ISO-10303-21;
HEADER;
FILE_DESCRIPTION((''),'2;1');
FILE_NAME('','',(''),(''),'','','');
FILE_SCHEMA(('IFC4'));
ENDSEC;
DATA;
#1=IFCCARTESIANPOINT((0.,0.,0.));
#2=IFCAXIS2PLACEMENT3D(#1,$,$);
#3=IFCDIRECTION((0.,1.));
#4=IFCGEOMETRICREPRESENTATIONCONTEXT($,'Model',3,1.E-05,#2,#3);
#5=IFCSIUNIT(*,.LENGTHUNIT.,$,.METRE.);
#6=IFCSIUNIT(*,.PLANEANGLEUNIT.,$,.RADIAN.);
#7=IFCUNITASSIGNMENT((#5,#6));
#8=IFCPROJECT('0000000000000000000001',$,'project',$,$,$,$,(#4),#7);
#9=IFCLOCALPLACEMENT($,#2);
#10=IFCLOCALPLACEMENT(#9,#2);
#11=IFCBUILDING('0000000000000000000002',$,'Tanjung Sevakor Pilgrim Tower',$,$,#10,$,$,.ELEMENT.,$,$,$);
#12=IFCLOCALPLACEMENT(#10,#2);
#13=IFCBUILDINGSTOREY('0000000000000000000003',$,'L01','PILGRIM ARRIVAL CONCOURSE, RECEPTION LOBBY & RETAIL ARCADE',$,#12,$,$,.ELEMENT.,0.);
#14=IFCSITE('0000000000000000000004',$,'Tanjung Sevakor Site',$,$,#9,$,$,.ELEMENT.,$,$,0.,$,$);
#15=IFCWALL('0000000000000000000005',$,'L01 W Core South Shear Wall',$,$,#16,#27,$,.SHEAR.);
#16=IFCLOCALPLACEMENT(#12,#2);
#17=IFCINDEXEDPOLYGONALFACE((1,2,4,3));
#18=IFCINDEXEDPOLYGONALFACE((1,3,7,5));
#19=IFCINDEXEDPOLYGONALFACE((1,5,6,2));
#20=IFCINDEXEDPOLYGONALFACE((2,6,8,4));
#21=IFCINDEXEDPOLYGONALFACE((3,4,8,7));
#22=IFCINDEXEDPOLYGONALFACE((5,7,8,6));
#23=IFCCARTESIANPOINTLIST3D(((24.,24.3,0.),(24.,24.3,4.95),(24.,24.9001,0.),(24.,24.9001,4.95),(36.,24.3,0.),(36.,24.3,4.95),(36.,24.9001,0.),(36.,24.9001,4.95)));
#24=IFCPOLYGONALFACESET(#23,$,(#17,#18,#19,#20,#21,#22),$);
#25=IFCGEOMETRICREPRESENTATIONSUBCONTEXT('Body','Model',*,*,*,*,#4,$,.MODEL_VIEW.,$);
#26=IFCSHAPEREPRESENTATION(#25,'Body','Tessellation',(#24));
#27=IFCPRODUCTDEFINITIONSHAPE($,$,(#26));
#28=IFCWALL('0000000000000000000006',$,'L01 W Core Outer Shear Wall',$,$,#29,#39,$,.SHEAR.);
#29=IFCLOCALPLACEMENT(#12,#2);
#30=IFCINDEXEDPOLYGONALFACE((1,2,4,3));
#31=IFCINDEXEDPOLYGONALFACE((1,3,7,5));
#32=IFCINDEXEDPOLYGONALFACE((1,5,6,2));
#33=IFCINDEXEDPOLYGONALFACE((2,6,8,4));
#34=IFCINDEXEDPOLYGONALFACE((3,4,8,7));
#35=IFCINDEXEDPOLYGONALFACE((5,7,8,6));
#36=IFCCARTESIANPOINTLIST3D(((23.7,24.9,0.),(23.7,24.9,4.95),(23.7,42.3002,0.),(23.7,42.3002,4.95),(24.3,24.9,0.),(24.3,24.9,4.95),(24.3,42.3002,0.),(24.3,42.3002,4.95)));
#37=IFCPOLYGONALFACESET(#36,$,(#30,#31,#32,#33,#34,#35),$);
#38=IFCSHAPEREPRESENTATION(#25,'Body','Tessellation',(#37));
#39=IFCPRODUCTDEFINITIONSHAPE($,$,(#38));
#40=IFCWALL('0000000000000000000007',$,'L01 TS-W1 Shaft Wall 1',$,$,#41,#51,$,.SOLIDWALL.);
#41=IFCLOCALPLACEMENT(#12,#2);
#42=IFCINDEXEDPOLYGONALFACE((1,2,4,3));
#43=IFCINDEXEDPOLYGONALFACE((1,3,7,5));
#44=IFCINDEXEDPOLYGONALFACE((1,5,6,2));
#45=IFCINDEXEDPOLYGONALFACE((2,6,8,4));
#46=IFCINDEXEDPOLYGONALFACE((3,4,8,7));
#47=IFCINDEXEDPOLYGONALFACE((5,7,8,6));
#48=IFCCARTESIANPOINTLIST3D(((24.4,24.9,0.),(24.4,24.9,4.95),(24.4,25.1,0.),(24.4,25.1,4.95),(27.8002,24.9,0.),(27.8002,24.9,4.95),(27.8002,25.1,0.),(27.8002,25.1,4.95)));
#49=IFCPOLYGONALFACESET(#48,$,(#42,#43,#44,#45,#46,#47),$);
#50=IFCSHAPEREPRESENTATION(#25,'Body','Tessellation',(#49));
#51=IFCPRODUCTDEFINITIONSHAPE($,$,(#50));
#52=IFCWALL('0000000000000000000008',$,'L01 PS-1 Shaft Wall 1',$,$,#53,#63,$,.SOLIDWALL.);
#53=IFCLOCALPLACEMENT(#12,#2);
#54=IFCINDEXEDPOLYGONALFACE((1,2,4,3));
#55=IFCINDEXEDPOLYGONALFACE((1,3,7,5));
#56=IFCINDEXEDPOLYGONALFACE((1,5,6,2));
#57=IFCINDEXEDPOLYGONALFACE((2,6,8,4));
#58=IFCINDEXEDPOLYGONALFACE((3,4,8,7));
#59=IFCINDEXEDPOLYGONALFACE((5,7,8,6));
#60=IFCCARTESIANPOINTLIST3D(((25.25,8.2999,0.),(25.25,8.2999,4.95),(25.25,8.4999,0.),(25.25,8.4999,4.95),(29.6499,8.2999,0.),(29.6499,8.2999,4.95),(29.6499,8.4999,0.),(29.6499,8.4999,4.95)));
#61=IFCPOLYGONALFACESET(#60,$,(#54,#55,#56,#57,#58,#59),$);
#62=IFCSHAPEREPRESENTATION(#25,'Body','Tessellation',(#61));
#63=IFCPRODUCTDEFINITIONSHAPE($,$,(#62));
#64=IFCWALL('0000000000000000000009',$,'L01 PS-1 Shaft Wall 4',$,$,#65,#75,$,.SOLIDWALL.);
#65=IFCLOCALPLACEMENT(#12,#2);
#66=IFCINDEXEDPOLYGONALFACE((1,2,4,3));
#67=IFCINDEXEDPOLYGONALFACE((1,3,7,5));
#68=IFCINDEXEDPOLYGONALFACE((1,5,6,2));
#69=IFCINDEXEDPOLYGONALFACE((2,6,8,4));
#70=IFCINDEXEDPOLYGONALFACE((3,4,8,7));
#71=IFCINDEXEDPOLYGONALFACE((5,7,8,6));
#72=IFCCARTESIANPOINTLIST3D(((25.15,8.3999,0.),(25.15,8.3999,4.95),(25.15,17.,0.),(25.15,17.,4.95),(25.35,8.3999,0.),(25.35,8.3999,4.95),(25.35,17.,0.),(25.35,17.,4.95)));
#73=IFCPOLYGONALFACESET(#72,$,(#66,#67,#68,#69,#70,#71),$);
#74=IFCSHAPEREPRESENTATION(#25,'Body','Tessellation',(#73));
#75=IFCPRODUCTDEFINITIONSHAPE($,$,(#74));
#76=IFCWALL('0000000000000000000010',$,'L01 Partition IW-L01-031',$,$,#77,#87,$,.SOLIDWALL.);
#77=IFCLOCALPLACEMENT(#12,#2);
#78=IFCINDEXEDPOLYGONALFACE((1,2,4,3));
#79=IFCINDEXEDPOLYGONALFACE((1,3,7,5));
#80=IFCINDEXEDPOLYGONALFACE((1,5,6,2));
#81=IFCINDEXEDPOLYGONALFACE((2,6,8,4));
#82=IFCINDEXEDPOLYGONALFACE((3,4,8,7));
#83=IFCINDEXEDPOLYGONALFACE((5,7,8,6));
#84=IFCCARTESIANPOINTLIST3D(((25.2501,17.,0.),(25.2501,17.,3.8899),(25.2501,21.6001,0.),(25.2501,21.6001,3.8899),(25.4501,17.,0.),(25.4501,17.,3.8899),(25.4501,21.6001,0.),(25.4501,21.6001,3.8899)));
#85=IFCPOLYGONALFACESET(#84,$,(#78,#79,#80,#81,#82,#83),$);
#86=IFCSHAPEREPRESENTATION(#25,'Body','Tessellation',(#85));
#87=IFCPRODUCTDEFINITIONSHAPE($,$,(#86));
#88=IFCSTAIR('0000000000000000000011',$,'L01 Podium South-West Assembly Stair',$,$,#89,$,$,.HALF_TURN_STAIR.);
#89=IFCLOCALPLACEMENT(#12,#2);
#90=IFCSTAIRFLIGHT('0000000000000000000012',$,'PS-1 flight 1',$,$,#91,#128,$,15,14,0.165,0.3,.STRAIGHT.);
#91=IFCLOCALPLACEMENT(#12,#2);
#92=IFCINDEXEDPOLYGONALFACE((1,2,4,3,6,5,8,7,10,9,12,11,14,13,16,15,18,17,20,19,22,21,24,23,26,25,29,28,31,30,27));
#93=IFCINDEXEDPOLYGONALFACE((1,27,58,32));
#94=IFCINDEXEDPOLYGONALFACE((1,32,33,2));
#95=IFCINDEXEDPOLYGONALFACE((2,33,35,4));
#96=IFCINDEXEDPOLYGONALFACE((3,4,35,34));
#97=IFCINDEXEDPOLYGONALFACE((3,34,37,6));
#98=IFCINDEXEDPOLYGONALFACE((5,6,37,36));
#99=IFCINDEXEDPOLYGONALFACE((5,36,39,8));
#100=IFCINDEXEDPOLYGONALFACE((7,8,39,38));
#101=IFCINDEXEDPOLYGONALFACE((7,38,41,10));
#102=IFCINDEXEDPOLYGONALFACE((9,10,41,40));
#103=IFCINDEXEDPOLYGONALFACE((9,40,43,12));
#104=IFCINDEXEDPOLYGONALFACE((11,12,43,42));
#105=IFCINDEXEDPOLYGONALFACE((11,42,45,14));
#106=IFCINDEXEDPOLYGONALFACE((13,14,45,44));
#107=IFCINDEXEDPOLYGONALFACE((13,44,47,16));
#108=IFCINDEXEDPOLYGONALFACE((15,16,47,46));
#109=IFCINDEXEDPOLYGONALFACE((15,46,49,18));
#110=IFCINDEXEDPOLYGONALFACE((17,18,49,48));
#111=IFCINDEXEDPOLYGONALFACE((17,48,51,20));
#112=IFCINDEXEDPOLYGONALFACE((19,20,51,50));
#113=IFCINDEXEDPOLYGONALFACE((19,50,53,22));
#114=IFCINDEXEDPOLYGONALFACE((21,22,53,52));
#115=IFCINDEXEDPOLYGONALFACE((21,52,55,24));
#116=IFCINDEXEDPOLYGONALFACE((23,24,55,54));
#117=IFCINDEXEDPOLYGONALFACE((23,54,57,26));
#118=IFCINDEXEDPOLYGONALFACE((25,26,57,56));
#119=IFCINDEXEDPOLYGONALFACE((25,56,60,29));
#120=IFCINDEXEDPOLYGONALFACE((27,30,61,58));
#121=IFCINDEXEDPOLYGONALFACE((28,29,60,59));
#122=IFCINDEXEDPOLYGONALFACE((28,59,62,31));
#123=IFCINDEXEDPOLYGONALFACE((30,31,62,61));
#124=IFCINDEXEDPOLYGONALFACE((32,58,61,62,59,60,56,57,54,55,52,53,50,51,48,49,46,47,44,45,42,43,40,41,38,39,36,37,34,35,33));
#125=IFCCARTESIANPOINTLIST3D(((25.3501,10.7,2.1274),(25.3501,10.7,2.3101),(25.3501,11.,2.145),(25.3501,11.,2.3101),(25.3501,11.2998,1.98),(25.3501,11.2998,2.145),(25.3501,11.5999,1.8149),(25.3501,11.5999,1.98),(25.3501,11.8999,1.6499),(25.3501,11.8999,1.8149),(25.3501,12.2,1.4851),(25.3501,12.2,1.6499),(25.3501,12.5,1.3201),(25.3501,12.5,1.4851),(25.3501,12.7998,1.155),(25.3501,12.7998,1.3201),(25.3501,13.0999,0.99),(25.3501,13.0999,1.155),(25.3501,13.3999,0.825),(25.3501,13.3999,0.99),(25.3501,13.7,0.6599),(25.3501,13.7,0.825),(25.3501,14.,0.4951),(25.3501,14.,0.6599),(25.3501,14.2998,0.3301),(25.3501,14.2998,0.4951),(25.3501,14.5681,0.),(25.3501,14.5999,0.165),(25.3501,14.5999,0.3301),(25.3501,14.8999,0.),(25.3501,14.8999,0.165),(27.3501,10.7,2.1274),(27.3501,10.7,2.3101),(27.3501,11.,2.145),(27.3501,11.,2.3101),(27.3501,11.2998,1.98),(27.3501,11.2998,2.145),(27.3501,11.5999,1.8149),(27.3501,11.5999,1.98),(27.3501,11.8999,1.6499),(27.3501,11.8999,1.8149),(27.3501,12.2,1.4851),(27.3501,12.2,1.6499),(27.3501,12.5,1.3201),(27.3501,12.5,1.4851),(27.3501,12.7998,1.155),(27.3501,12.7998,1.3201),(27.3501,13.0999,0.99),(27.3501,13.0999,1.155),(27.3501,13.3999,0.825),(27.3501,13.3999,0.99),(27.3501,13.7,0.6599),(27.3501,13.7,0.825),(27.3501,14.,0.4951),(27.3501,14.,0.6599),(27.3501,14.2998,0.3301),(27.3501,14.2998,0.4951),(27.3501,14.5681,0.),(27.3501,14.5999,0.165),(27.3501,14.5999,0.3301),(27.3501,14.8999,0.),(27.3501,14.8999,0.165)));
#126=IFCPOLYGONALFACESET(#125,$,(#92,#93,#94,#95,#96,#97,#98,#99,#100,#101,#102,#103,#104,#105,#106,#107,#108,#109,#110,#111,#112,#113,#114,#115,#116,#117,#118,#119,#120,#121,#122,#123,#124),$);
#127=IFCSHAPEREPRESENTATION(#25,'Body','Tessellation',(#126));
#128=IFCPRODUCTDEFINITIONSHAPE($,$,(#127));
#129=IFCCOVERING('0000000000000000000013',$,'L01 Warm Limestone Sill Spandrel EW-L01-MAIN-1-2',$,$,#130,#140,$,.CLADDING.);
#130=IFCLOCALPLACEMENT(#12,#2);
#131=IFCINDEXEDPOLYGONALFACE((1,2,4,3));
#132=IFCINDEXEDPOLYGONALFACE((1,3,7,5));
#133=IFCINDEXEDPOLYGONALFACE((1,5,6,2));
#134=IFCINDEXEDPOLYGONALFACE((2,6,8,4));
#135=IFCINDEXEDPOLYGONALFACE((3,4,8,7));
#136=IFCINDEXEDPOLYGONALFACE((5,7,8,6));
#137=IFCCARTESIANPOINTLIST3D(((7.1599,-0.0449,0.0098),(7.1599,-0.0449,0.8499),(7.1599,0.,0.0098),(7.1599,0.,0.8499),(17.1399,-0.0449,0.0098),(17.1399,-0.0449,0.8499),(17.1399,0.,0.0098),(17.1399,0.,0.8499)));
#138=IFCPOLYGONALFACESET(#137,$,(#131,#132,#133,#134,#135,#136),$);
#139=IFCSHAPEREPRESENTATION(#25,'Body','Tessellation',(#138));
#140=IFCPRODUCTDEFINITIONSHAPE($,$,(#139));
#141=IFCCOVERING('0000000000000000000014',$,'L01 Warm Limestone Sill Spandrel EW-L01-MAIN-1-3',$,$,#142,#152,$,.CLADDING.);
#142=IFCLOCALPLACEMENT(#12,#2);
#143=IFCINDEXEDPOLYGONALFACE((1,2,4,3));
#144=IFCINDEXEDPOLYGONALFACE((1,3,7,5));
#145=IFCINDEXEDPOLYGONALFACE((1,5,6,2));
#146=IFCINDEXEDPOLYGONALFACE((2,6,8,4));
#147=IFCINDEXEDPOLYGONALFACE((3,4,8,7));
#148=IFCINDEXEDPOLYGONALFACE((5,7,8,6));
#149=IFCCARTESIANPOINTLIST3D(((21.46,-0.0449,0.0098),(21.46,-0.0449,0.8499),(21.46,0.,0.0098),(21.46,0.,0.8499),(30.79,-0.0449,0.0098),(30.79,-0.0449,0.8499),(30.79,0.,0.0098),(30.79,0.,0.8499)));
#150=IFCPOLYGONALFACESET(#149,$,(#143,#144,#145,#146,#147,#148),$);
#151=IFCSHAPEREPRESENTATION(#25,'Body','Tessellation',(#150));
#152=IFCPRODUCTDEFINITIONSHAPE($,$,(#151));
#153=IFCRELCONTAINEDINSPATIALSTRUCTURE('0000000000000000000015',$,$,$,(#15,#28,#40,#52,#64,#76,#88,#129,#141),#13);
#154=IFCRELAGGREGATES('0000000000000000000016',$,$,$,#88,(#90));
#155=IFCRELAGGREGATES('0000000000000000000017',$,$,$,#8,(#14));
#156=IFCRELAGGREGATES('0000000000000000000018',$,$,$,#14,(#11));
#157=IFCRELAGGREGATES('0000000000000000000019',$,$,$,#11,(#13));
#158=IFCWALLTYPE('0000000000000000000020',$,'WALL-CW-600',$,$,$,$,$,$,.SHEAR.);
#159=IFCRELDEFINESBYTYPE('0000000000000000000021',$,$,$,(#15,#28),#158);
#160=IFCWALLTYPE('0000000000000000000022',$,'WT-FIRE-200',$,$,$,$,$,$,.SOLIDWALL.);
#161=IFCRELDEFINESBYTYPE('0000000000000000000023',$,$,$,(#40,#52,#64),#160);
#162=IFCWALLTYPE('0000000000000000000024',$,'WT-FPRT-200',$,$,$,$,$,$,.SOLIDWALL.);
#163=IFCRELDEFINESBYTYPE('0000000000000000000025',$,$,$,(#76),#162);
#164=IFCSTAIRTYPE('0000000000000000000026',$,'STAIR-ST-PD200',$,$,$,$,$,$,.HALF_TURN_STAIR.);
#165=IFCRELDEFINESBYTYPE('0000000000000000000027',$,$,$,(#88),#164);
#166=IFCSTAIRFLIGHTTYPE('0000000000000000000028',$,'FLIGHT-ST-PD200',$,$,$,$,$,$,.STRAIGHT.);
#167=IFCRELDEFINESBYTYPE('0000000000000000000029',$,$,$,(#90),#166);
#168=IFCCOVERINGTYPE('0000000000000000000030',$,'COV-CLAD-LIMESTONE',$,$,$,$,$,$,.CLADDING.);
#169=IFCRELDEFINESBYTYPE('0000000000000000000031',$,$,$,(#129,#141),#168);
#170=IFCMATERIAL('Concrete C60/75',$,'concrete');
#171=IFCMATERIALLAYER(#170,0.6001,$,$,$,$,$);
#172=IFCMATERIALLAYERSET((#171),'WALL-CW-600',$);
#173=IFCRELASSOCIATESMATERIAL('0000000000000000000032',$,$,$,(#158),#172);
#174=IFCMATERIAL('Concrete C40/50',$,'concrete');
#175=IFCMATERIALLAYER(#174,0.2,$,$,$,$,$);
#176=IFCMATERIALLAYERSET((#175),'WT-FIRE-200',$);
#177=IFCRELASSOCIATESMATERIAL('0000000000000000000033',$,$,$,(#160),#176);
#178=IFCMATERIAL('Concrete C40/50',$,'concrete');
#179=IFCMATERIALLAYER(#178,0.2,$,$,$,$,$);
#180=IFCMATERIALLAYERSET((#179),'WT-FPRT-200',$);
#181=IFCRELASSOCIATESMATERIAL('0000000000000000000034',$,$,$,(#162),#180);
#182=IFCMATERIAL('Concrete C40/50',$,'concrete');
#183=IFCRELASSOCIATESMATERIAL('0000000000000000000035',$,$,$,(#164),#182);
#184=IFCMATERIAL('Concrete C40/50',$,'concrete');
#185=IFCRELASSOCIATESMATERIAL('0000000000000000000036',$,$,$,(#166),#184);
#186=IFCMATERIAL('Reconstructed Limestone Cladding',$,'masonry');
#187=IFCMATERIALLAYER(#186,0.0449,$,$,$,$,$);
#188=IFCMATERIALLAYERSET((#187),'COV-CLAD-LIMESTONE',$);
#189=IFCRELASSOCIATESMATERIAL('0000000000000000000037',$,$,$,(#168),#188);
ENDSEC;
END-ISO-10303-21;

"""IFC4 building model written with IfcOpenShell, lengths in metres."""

from ifc_helpers import new_model, si_unit, direction, frame, frame_2d, origin, origin_2d, place, context, subcontext, project, spatial, polyline, rectangle, outline, extrude, material, layer, layer_set, type_object, element, aggregate, save


model = new_model("IFC4")

# Units and contexts
model_context = context("Model", 3, precision=1e-05, world=origin(), true_north=direction((0.0, 1.0)))
body_context = subcontext(model_context, "Body", "Model", "MODEL_VIEW")
ifc_project = project(units=[si_unit("LENGTHUNIT", "METRE"), si_unit("PLANEANGLEUNIT", "RADIAN")], contexts=[model_context])

# Site, building, storey
site_placement = place(None, origin())
site = spatial("IfcSite", under=ifc_project, at=site_placement, Name="Tanjung Sevakor Site", CompositionType="ELEMENT", RefElevation=0.0)
building_placement = place(site_placement, origin())
building = spatial("IfcBuilding", under=site, at=building_placement, Name="Tanjung Sevakor Pilgrim Tower", CompositionType="ELEMENT")
storey_placement = place(building_placement, origin())
storey = spatial("IfcBuildingStorey", under=building, at=storey_placement, Name="L01", Description="PILGRIM ARRIVAL CONCOURSE, RECEPTION LOBBY & RETAIL ARCADE", CompositionType="ELEMENT", Elevation=0.0)

# Walls
ifc_material_1 = material(Name="Concrete C60/75", Category="concrete")
ifc_layer_1 = layer(ifc_material_1, 0.6001)
ifc_layer_set_1 = layer_set([ifc_layer_1], Name="WALL-CW-600")
wall_type_1 = type_object("IfcWallType", Name="WALL-CW-600", PredefinedType="SHEAR", material=ifc_layer_set_1)
wall_1_placement = place(storey_placement, frame((24.0, 24.6001, 0.0), z_axis=(0.0, 0.0, 1.0), x_axis=(1.0, 0.0, 0.0)))
element("IfcWall", 1, at=wall_1_placement, inside=storey, type_object=wall_type_1, Name="L01 W Core South Shear Wall", PredefinedType="SHEAR", context=body_context, shape_type="SweptSolid", body=[
    extrude(rectangle(XDim=12.0, YDim=0.6001, at=frame_2d((6.0, 0.0))), origin(), (0.0, 0.0, 1.0), 4.95),
])
wall_2_placement = place(storey_placement, frame((24.0, 24.8999, 0.0), z_axis=(0.0, 0.0, 1.0), x_axis=(0.0, 1.0, 0.0)))
element("IfcWall", 2, at=wall_2_placement, inside=storey, type_object=wall_type_1, Name="L01 W Core Outer Shear Wall", PredefinedType="SHEAR", context=body_context, shape_type="SweptSolid", body=[
    extrude(rectangle(XDim=17.4001, YDim=0.6001, at=frame_2d((8.7002, 0.0))), origin(), (0.0, 0.0, 1.0), 4.95),
])
ifc_material_2 = material(Name="Concrete C40/50", Category="concrete")
ifc_layer_2 = layer(ifc_material_2, 0.2)
ifc_layer_set_2 = layer_set([ifc_layer_2], Name="WT-FIRE-200")
wall_type_2 = type_object("IfcWallType", Name="WT-FIRE-200", PredefinedType="SOLIDWALL", material=ifc_layer_set_2)
wall_3_placement = place(storey_placement, frame((24.3999, 25.0, 0.0), z_axis=(0.0, 0.0, 1.0), x_axis=(1.0, 0.0, 0.0)))
element("IfcWall", 3, at=wall_3_placement, inside=storey, type_object=wall_type_2, Name="L01 TS-W1 Shaft Wall 1", PredefinedType="SOLIDWALL", context=body_context, shape_type="SweptSolid", body=[
    extrude(rectangle(XDim=3.4001, YDim=0.2, at=frame_2d((1.7002, 0.0))), origin(), (0.0, 0.0, 1.0), 4.95),
])
wall_4_placement = place(storey_placement, frame((25.25, 8.3999, 0.0), z_axis=(0.0, 0.0, 1.0), x_axis=(1.0, 0.0, 0.0)))
element("IfcWall", 4, at=wall_4_placement, inside=storey, type_object=wall_type_2, Name="L01 PS-1 Shaft Wall 1", PredefinedType="SOLIDWALL", context=body_context, shape_type="SweptSolid", body=[
    extrude(rectangle(XDim=4.3999, YDim=0.2, at=frame_2d((2.2, 0.0))), origin(), (0.0, 0.0, 1.0), 4.95),
])
wall_5_placement = place(storey_placement, frame((25.25, 17.0, 0.0), z_axis=(0.0, 0.0, 1.0), x_axis=(0.0, -1.0, 0.0)))
element("IfcWall", 5, at=wall_5_placement, inside=storey, type_object=wall_type_2, Name="L01 PS-1 Shaft Wall 4", PredefinedType="SOLIDWALL", context=body_context, shape_type="SweptSolid", body=[
    extrude(rectangle(XDim=8.6001, YDim=0.2, at=frame_2d((4.3, 0.0))), origin(), (0.0, 0.0, 1.0), 4.95),
])
ifc_material_3 = material(Name="Concrete C40/50", Category="concrete")
ifc_layer_3 = layer(ifc_material_3, 0.2)
ifc_layer_set_3 = layer_set([ifc_layer_3], Name="WT-FPRT-200")
wall_type_3 = type_object("IfcWallType", Name="WT-FPRT-200", PredefinedType="SOLIDWALL", material=ifc_layer_set_3)
wall_6_placement = place(storey_placement, frame((25.3501, 17.0, 0.0), z_axis=(0.0, 0.0, 1.0), x_axis=(0.0, 1.0, 0.0)))
element("IfcWall", 6, at=wall_6_placement, inside=storey, type_object=wall_type_3, Name="L01 Partition IW-L01-031", PredefinedType="SOLIDWALL", context=body_context, shape_type="SweptSolid", body=[
    extrude(rectangle(XDim=4.6001, YDim=0.2, at=frame_2d((2.3, 0.0))), origin(), (0.0, 0.0, 1.0), 3.8899),
])

# Stair, stair flight
ifc_material_4 = material(Name="Concrete C40/50", Category="concrete")
stair_type = type_object("IfcStairType", Name="STAIR-ST-PD200", PredefinedType="HALF_TURN_STAIR", material=ifc_material_4)
stair_placement = place(storey_placement, origin())
stair = element("IfcStair", 7, at=stair_placement, inside=storey, type_object=stair_type, Name="L01 Podium South-West Assembly Stair", PredefinedType="HALF_TURN_STAIR")
ifc_material_5 = material(Name="Concrete C40/50", Category="concrete")
stair_flight_type = type_object("IfcStairFlightType", Name="FLIGHT-ST-PD200", PredefinedType="STRAIGHT", material=ifc_material_5)
stair_flight_placement = place(storey_placement, frame((26.3501, 14.8999, 0.0), z_axis=(0.0, 0.0, 1.0), x_axis=(0.0, -1.0, 0.0)))
stair_flight = element("IfcStairFlight", 8, at=stair_flight_placement, type_object=stair_flight_type, Name="PS-1 flight 1", NumberOfRisers=15, NumberOfTreads=14, PredefinedType="STRAIGHT", RiserHeight=0.165, TreadLength=0.3, context=body_context, shape_type="SweptSolid", body=[
    extrude(outline(polyline([(0.0, 0.0), (0.0, 0.165), (0.3, 0.165), (0.3, 0.3301), (0.6001, 0.3301), (0.6001, 0.4951), (0.8999, 0.4951), (0.8999, 0.6599), (1.2, 0.6599), (1.2, 0.825), (1.5, 0.825), (1.5, 0.99), (1.8, 0.99), (1.8, 1.155), (2.1001, 1.155), (2.1001, 1.3201), (2.3999, 1.3201), (2.3999, 1.4851), (2.7, 1.4851), (2.7, 1.6499), (3.0, 1.6499), (3.0, 1.8149), (3.3, 1.8149), (3.3, 1.98), (3.6001, 1.98), (3.6001, 2.145), (3.8999, 2.145), (3.8999, 2.3101), (4.2, 2.3101), (4.2, 2.4751), (4.2, 2.1274), (0.3318, 0.0), (0.0, 0.0)])), frame((0.0, 1.0, 0.0), z_axis=(0.0, -1.0, 0.0), x_axis=(1.0, 0.0, 0.0)), (0.0, 0.0, 1.0), 2.0),
])
aggregate(stair, [stair_flight])

# Coverings
ifc_material_6 = material(Name="Reconstructed Limestone Cladding", Category="masonry")
ifc_layer_4 = layer(ifc_material_6, 0.0449)
ifc_layer_set_4 = layer_set([ifc_layer_4], Name="COV-CLAD-LIMESTONE")
covering_type = type_object("IfcCoveringType", Name="COV-CLAD-LIMESTONE", PredefinedType="CLADDING", material=ifc_layer_set_4)
covering_1_placement = place(storey_placement, frame((12.1499, -0.0225, 0.0098), z_axis=(0.0, 0.0, 1.0), x_axis=(1.0, 0.0, 0.0)))
element("IfcCovering", 9, at=covering_1_placement, inside=storey, type_object=covering_type, Name="L01 Warm Limestone Sill Spandrel EW-L01-MAIN-1-2", PredefinedType="CLADDING", context=body_context, shape_type="SweptSolid", body=[
    extrude(rectangle(XDim=9.98, YDim=0.0449, at=origin_2d()), origin(), (0.0, 0.0, 1.0), 0.8401),
])
covering_2_placement = place(storey_placement, frame((26.125, -0.0225, 0.0098), z_axis=(0.0, 0.0, 1.0), x_axis=(1.0, 0.0, 0.0)))
element("IfcCovering", 10, at=covering_2_placement, inside=storey, type_object=covering_type, Name="L01 Warm Limestone Sill Spandrel EW-L01-MAIN-1-3", PredefinedType="CLADDING", context=body_context, shape_type="SweptSolid", body=[
    extrude(rectangle(XDim=9.3301, YDim=0.0449, at=origin_2d()), origin(), (0.0, 0.0, 1.0), 0.8401),
])

save(model, "model.ifc")
